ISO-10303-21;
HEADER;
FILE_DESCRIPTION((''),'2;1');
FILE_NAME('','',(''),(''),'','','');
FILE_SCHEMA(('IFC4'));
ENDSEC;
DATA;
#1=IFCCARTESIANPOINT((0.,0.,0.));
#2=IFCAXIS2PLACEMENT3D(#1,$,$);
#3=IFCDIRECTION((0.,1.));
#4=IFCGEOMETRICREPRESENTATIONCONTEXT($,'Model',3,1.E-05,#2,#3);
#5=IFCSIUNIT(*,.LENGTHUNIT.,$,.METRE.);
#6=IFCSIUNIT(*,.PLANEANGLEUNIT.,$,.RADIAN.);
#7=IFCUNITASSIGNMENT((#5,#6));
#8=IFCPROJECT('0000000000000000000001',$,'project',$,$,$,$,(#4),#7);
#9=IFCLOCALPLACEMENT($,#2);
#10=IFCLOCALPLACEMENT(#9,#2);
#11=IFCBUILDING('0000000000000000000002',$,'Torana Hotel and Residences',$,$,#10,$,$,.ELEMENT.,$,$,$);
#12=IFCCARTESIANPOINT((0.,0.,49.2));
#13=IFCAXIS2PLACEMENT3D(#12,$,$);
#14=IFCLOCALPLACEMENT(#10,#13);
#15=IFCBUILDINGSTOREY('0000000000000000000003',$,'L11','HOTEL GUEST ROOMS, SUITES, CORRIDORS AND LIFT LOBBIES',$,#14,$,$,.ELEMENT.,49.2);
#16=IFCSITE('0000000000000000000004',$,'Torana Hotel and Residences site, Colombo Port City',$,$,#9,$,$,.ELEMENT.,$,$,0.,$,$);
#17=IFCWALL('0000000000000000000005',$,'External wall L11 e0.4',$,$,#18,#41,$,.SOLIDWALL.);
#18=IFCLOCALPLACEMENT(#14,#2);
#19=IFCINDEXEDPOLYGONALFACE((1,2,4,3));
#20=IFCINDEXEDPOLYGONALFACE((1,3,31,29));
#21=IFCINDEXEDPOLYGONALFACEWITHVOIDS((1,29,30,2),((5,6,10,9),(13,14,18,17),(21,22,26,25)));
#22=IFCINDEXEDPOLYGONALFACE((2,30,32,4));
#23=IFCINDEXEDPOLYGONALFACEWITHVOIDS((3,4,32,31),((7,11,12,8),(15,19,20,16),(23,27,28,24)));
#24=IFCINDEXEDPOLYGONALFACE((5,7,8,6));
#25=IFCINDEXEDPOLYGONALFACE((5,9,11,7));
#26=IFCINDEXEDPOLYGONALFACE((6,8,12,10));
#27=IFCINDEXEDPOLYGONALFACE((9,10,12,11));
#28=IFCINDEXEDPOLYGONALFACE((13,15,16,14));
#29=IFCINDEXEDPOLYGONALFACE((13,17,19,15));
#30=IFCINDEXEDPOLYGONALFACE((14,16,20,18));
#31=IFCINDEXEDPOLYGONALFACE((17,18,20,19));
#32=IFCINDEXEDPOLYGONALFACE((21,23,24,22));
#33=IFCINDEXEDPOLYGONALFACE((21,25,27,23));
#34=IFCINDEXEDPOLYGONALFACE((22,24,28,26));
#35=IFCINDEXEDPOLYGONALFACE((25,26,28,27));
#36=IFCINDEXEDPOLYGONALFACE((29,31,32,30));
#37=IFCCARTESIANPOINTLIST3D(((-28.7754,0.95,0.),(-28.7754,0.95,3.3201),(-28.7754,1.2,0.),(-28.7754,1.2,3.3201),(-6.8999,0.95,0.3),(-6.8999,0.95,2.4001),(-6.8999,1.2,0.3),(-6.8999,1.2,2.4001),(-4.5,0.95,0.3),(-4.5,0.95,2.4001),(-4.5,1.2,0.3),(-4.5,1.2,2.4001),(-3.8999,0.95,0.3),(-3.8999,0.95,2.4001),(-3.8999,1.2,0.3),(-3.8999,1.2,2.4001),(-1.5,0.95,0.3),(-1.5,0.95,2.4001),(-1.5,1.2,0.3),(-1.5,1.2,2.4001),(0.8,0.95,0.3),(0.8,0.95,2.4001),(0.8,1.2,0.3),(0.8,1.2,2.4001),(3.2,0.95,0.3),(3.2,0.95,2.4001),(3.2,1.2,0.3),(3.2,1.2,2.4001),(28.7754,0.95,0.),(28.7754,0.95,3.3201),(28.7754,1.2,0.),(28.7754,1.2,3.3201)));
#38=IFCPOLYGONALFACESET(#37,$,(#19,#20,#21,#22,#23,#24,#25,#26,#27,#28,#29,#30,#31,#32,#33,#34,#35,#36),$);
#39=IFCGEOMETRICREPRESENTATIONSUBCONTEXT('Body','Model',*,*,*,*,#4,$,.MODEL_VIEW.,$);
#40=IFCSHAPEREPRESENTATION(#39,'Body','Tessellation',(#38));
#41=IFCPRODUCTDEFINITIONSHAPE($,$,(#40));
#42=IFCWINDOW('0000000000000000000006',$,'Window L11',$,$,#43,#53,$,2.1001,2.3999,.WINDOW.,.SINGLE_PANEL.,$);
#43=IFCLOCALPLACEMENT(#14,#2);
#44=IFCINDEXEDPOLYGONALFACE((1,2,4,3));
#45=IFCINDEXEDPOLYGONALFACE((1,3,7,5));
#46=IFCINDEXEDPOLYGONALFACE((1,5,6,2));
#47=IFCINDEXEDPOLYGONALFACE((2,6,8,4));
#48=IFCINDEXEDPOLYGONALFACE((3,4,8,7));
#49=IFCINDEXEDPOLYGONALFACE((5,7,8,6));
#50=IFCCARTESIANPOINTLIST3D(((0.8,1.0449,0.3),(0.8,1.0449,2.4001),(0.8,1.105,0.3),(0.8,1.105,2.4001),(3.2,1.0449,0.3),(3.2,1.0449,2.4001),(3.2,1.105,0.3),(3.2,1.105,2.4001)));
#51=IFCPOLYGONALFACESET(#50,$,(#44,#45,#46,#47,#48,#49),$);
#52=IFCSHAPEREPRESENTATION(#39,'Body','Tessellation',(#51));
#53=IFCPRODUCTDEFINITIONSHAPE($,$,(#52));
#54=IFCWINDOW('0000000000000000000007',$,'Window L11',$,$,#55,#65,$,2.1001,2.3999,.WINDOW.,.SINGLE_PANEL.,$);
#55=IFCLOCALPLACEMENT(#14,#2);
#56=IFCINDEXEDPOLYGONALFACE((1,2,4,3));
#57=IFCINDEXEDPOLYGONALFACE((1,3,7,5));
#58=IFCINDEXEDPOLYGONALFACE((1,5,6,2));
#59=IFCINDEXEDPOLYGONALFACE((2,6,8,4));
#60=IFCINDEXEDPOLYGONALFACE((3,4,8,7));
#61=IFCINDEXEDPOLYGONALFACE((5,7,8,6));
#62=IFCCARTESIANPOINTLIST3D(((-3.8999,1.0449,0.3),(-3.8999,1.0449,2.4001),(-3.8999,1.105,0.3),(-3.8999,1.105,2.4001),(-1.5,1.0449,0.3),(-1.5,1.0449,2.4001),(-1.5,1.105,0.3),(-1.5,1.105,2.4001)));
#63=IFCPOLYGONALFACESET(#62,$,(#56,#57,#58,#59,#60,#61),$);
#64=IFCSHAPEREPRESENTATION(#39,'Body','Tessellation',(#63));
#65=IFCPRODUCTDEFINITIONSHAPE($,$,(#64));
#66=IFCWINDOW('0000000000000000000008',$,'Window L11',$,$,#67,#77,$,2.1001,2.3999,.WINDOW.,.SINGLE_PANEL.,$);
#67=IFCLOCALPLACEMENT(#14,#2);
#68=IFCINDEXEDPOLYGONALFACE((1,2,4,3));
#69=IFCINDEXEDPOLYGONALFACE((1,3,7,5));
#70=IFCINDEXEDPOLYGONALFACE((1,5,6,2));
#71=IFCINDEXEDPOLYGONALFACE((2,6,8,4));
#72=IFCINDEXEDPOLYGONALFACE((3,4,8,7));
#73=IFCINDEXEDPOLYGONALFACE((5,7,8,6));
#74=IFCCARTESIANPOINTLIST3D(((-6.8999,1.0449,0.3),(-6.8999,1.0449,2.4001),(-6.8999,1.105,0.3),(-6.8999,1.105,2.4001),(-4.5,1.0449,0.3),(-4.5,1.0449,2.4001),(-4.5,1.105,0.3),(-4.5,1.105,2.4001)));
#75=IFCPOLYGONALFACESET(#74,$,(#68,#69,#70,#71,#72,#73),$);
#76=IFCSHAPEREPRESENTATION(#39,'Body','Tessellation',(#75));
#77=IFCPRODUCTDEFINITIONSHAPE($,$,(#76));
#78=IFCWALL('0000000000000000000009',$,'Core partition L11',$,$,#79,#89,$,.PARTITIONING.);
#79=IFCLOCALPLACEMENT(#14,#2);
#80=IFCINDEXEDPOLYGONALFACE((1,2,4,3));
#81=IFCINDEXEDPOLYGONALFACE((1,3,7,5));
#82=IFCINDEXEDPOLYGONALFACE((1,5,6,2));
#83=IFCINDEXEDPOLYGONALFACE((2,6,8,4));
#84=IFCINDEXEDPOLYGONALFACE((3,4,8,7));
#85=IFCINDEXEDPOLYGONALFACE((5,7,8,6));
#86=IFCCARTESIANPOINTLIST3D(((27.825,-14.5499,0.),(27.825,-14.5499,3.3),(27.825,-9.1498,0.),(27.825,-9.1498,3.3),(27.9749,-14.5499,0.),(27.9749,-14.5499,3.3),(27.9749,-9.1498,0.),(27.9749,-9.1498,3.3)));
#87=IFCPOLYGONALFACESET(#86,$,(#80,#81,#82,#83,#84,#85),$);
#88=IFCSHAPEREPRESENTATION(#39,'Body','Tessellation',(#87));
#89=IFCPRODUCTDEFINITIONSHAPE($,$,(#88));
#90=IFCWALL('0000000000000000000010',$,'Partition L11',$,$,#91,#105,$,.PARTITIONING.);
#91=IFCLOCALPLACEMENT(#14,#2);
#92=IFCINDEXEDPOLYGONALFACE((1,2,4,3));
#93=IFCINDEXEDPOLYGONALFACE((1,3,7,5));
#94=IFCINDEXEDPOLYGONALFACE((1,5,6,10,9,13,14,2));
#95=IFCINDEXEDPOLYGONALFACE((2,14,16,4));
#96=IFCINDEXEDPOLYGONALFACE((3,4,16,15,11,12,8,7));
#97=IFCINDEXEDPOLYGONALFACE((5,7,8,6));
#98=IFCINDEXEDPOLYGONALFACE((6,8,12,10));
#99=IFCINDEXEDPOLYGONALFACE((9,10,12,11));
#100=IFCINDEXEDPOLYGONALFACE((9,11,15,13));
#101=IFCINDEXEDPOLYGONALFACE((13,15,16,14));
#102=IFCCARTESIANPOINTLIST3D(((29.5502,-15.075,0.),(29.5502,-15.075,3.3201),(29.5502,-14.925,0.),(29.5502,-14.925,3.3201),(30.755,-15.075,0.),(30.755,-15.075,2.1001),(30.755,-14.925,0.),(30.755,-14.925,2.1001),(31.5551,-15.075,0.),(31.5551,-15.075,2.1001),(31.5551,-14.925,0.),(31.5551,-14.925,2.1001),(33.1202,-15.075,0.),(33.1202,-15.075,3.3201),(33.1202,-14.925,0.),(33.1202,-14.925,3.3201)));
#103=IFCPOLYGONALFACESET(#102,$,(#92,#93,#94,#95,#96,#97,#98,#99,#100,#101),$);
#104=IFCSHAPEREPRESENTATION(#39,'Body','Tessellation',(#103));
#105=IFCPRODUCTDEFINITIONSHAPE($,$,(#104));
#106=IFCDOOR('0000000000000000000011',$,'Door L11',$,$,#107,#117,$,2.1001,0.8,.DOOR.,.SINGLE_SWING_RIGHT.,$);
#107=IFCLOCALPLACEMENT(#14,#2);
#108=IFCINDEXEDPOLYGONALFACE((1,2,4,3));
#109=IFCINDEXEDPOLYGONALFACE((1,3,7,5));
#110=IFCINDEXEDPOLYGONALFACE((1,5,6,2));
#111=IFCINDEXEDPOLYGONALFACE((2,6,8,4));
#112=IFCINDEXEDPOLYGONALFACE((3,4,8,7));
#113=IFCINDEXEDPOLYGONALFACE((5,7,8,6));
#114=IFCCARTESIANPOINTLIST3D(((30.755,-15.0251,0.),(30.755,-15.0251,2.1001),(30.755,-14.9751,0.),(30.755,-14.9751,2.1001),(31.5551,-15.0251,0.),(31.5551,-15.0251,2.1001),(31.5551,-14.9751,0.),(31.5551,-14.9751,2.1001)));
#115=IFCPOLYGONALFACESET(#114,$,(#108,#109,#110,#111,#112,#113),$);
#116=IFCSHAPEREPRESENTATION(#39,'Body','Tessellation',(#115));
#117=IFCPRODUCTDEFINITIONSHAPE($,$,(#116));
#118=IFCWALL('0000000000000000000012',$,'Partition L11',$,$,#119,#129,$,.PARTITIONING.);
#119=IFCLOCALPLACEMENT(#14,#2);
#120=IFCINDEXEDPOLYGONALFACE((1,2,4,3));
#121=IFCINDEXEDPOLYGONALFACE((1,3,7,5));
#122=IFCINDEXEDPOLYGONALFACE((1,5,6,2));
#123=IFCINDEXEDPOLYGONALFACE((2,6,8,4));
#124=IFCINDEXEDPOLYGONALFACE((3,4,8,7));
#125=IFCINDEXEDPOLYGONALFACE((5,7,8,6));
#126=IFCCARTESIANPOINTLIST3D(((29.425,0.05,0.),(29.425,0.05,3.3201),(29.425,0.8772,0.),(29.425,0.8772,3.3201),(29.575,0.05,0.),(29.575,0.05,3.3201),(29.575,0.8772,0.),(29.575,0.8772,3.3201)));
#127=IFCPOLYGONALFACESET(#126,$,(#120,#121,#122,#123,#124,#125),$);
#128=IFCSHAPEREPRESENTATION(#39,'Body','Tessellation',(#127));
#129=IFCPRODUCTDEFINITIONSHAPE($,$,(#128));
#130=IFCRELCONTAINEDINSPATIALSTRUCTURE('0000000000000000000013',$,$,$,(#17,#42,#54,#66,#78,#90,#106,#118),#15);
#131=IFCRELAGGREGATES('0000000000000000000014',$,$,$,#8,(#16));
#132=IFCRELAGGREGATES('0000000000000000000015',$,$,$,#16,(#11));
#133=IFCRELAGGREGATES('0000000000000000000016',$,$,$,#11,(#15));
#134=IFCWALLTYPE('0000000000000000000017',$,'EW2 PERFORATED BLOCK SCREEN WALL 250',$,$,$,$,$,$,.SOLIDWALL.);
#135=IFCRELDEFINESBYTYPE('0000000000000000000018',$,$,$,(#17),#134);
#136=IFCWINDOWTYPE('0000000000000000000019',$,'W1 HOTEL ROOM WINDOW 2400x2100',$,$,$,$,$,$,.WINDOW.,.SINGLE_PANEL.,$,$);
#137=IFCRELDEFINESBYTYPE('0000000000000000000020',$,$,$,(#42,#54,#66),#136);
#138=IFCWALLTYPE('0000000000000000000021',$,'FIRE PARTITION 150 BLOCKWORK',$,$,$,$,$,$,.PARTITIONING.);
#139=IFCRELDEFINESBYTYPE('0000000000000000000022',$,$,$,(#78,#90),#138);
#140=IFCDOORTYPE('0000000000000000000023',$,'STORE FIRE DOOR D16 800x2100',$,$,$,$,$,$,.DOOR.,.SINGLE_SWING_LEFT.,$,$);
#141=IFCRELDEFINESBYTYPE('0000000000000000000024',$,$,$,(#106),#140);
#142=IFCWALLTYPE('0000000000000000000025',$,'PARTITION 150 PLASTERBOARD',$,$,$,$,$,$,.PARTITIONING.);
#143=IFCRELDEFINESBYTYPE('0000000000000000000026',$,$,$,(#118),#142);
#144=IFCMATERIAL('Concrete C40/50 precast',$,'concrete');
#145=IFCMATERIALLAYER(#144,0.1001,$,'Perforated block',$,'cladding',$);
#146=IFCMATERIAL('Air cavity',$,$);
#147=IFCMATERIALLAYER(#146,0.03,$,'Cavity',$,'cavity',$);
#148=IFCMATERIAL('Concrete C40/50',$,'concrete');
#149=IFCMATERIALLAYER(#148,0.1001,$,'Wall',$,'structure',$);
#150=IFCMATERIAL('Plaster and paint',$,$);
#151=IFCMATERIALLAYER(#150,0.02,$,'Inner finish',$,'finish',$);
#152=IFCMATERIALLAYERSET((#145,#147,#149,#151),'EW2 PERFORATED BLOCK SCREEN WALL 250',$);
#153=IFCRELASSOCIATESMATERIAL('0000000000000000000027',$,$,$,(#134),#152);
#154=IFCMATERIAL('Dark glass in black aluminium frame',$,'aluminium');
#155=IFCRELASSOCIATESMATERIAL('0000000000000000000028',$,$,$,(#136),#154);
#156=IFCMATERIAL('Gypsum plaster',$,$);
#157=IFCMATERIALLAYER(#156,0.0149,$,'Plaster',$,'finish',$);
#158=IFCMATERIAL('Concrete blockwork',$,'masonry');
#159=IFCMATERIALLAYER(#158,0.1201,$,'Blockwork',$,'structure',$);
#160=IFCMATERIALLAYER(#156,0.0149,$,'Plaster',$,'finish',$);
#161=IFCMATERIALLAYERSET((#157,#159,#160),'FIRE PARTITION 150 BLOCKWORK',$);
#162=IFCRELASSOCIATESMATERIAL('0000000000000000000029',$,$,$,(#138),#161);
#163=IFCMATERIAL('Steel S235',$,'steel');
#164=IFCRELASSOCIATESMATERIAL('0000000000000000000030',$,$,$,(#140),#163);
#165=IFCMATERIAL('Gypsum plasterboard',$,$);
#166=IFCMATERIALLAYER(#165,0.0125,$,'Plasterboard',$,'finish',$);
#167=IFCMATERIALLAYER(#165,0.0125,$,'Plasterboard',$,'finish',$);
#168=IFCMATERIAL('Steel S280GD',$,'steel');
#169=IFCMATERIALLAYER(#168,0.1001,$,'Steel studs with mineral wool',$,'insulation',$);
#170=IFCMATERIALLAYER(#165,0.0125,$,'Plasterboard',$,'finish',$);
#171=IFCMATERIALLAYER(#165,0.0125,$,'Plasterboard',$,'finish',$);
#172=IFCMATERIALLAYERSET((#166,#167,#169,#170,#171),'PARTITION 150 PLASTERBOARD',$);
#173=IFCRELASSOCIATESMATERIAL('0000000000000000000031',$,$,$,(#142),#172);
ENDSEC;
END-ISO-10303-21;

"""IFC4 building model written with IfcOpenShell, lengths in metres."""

from ifc_helpers import new_model, si_unit, direction, frame, frame_2d, origin, place, context, subcontext, project, spatial, rectangle, extrude, material, layer, layer_set, type_object, element, fill, save


model = new_model("IFC4")

# Units and contexts
model_context = context("Model", 3, precision=1e-05, world=origin(), true_north=direction((0.0, 1.0)))
body_context = subcontext(model_context, "Body", "Model", "MODEL_VIEW")
ifc_project = project(units=[si_unit("LENGTHUNIT", "METRE"), si_unit("PLANEANGLEUNIT", "RADIAN")], contexts=[model_context])

# Site, building, storey
site_placement = place(None, origin())
site = spatial("IfcSite", under=ifc_project, at=site_placement, Name="Torana Hotel and Residences site, Colombo Port City", CompositionType="ELEMENT", RefElevation=0.0)
building_placement = place(site_placement, origin())
building = spatial("IfcBuilding", under=site, at=building_placement, Name="Torana Hotel and Residences", CompositionType="ELEMENT")
storey_placement = place(building_placement, frame((0.0, 0.0, 49.2)))
storey = spatial("IfcBuildingStorey", under=building, at=storey_placement, Name="L11", Description="HOTEL GUEST ROOMS, SUITES, CORRIDORS AND LIFT LOBBIES", CompositionType="ELEMENT", Elevation=49.2)

# Shared definitions
ifc_material_1 = material(Name="Steel S280GD", Category="steel")

# Wall, openings, windows
ifc_material_2 = material(Name="Concrete C40/50 precast", Category="concrete")
ifc_layer_1 = layer(ifc_material_2, 0.1001, Name="Perforated block", Category="cladding")
ifc_material_3 = material(Name="Air cavity")
ifc_layer_2 = layer(ifc_material_3, 0.03, Name="Cavity", Category="cavity")
ifc_material_4 = material(Name="Concrete C40/50", Category="concrete")
ifc_layer_3 = layer(ifc_material_4, 0.1001, Name="Wall", Category="structure")
ifc_material_5 = material(Name="Plaster and paint")
ifc_layer_4 = layer(ifc_material_5, 0.02, Name="Inner finish", Category="finish")
ifc_layer_set_1 = layer_set([ifc_layer_1, ifc_layer_2, ifc_layer_3, ifc_layer_4], Name="EW2 PERFORATED BLOCK SCREEN WALL 250")
wall_type_1 = type_object("IfcWallType", Name="EW2 PERFORATED BLOCK SCREEN WALL 250", PredefinedType="SOLIDWALL", material=ifc_layer_set_1)
wall_1_placement = place(storey_placement, frame((28.7754, 1.075, 0.0), z_axis=(0.0, 0.0, 1.0), x_axis=(-1.0, 0.0, 0.0)))
wall_1 = element("IfcWall", 1, at=wall_1_placement, inside=storey, type_object=wall_type_1, Name="External wall L11 e0.4", PredefinedType="SOLIDWALL", context=body_context, shape_type="SweptSolid", body=[
    extrude(rectangle(XDim=57.5508, YDim=0.25, at=frame_2d((28.7754, 0.0))), origin(), (0.0, 0.0, 1.0), 3.3201),
])
opening_1_placement = place(wall_1_placement, frame((25.5754, 0.0, 0.3)))
opening_1 = element("IfcOpeningElement", 2, at=opening_1_placement, cuts=wall_1, PredefinedType="OPENING", context=body_context, shape_type="SweptSolid", body=[
    extrude(rectangle(XDim=2.3999, YDim=2.1001, at=frame_2d((1.2, 1.05))), frame((0.0, 0.135, 0.0), z_axis=(0.0, -1.0, 0.0), x_axis=(1.0, 0.0, 0.0)), (0.0, 0.0, 1.0), 0.27),
])
opening_2_placement = place(wall_1_placement, frame((30.2754, 0.0, 0.3)))
opening_2 = element("IfcOpeningElement", 3, at=opening_2_placement, cuts=wall_1, PredefinedType="OPENING", context=body_context, shape_type="SweptSolid", body=[
    extrude(rectangle(XDim=2.3999, YDim=2.1001, at=frame_2d((1.2, 1.05))), frame((0.0, 0.135, 0.0), z_axis=(0.0, -1.0, 0.0), x_axis=(1.0, 0.0, 0.0)), (0.0, 0.0, 1.0), 0.27),
])
opening_3_placement = place(wall_1_placement, frame((33.2754, 0.0, 0.3)))
opening_3 = element("IfcOpeningElement", 4, at=opening_3_placement, cuts=wall_1, PredefinedType="OPENING", context=body_context, shape_type="SweptSolid", body=[
    extrude(rectangle(XDim=2.3999, YDim=2.1001, at=frame_2d((1.2, 1.05))), frame((0.0, 0.135, 0.0), z_axis=(0.0, -1.0, 0.0), x_axis=(1.0, 0.0, 0.0)), (0.0, 0.0, 1.0), 0.27),
])
ifc_material_6 = material(Name="Dark glass in black aluminium frame", Category="aluminium")
window_type = type_object("IfcWindowType", Name="W1 HOTEL ROOM WINDOW 2400x2100", PartitioningType="SINGLE_PANEL", PredefinedType="WINDOW", material=ifc_material_6)
window_1_placement = place(opening_1_placement, origin())
window_1 = element("IfcWindow", 5, at=window_1_placement, inside=storey, type_object=window_type, Name="Window L11", OverallHeight=2.1001, OverallWidth=2.3999, PartitioningType="SINGLE_PANEL", PredefinedType="WINDOW", context=body_context, shape_type="SweptSolid", body=[
    extrude(rectangle(XDim=2.3999, YDim=2.1001, at=frame_2d((1.2, 1.05))), frame((0.0, 0.03, 0.0), z_axis=(0.0, -1.0, 0.0), x_axis=(1.0, 0.0, 0.0)), (0.0, 0.0, 1.0), 0.0601),
])
fill(opening_1, window_1)
window_2_placement = place(opening_2_placement, origin())
window_2 = element("IfcWindow", 6, at=window_2_placement, inside=storey, type_object=window_type, Name="Window L11", OverallHeight=2.1001, OverallWidth=2.3999, PartitioningType="SINGLE_PANEL", PredefinedType="WINDOW", context=body_context, shape_type="SweptSolid", body=[
    extrude(rectangle(XDim=2.3999, YDim=2.1001, at=frame_2d((1.2, 1.05))), frame((0.0, 0.03, 0.0), z_axis=(0.0, -1.0, 0.0), x_axis=(1.0, 0.0, 0.0)), (0.0, 0.0, 1.0), 0.0601),
])
fill(opening_2, window_2)
window_3_placement = place(opening_3_placement, origin())
window_3 = element("IfcWindow", 7, at=window_3_placement, inside=storey, type_object=window_type, Name="Window L11", OverallHeight=2.1001, OverallWidth=2.3999, PartitioningType="SINGLE_PANEL", PredefinedType="WINDOW", context=body_context, shape_type="SweptSolid", body=[
    extrude(rectangle(XDim=2.3999, YDim=2.1001, at=frame_2d((1.2, 1.05))), frame((0.0, 0.03, 0.0), z_axis=(0.0, -1.0, 0.0), x_axis=(1.0, 0.0, 0.0)), (0.0, 0.0, 1.0), 0.0601),
])
fill(opening_3, window_3)

# Wall
ifc_material_7 = material(Name="Gypsum plaster")
ifc_layer_5 = layer(ifc_material_7, 0.0149, Name="Plaster", Category="finish")
ifc_material_8 = material(Name="Concrete blockwork", Category="masonry")
ifc_layer_6 = layer(ifc_material_8, 0.1201, Name="Blockwork", Category="structure")
ifc_layer_7 = layer(ifc_material_7, 0.0149, Name="Plaster", Category="finish")
ifc_layer_set_2 = layer_set([ifc_layer_5, ifc_layer_6, ifc_layer_7], Name="FIRE PARTITION 150 BLOCKWORK")
wall_type_2 = type_object("IfcWallType", Name="FIRE PARTITION 150 BLOCKWORK", PredefinedType="PARTITIONING", material=ifc_layer_set_2)
wall_2_placement = place(storey_placement, frame((27.8999, -14.55, 0.0), z_axis=(0.0, 0.0, 1.0), x_axis=(0.0, 1.0, 0.0)))
element("IfcWall", 8, at=wall_2_placement, inside=storey, type_object=wall_type_2, Name="Core partition L11", PredefinedType="PARTITIONING", context=body_context, shape_type="SweptSolid", body=[
    extrude(rectangle(XDim=5.4001, YDim=0.1499, at=frame_2d((2.7002, 0.0))), origin(), (0.0, 0.0, 1.0), 3.3),
])

# Wall, opening, door
wall_3_placement = place(storey_placement, frame((29.55, -15.0, 0.0), z_axis=(0.0, 0.0, 1.0), x_axis=(1.0, 0.0, 0.0)))
wall_3 = element("IfcWall", 9, at=wall_3_placement, inside=storey, type_object=wall_type_2, Name="Partition L11", PredefinedType="PARTITIONING", context=body_context, shape_type="SweptSolid", body=[
    extrude(rectangle(XDim=3.5701, YDim=0.1499, at=frame_2d((1.7852, 0.0))), origin(), (0.0, 0.0, 1.0), 3.3201),
])
opening_4_placement = place(wall_3_placement, frame((1.2051, 0.0, 0.0)))
opening_4 = element("IfcOpeningElement", 10, at=opening_4_placement, cuts=wall_3, PredefinedType="OPENING", context=body_context, shape_type="SweptSolid", body=[
    extrude(rectangle(XDim=0.8, YDim=2.1001, at=frame_2d((0.3999, 1.05))), frame((0.0, 0.085, 0.0), z_axis=(0.0, -1.0, 0.0), x_axis=(1.0, 0.0, 0.0)), (0.0, 0.0, 1.0), 0.1699),
])
ifc_material_9 = material(Name="Steel S235", Category="steel")
door_type_1 = type_object("IfcDoorType", Name="STORE FIRE DOOR D16 800x2100", OperationType="SINGLE_SWING_LEFT", PredefinedType="DOOR", material=ifc_material_9)
door_1_placement = place(opening_4_placement, origin())
door_1 = element("IfcDoor", 11, at=door_1_placement, inside=storey, type_object=door_type_1, Name="Door L11", OperationType="SINGLE_SWING_RIGHT", OverallHeight=2.1001, OverallWidth=0.8, PredefinedType="DOOR", context=body_context, shape_type="SweptSolid", body=[
    extrude(rectangle(XDim=0.8, YDim=2.1001, at=frame_2d((0.3999, 1.05))), frame((0.0, 0.0249, 0.0), z_axis=(0.0, -1.0, 0.0), x_axis=(1.0, 0.0, 0.0)), (0.0, 0.0, 1.0), 0.05),
])
fill(opening_4, door_1)

# Wall
ifc_material_10 = material(Name="Gypsum plasterboard")
ifc_layer_8 = layer(ifc_material_10, 0.0125, Name="Plasterboard", Category="finish")
ifc_layer_9 = layer(ifc_material_10, 0.0125, Name="Plasterboard", Category="finish")
ifc_layer_10 = layer(ifc_material_1, 0.1001, Name="Steel studs with mineral wool", Category="insulation")
ifc_layer_11 = layer(ifc_material_10, 0.0125, Name="Plasterboard", Category="finish")
ifc_layer_12 = layer(ifc_material_10, 0.0125, Name="Plasterboard", Category="finish")
ifc_layer_set_3 = layer_set([ifc_layer_8, ifc_layer_9, ifc_layer_10, ifc_layer_11, ifc_layer_12], Name="PARTITION 150 PLASTERBOARD")
wall_type_3 = type_object("IfcWallType", Name="PARTITION 150 PLASTERBOARD", PredefinedType="PARTITIONING", material=ifc_layer_set_3)
wall_4_placement = place(storey_placement, frame((29.5, 0.05, 0.0), z_axis=(0.0, 0.0, 1.0), x_axis=(0.0, 1.0, 0.0)))
element("IfcWall", 12, at=wall_4_placement, inside=storey, type_object=wall_type_3, Name="Partition L11", PredefinedType="PARTITIONING", context=body_context, shape_type="SweptSolid", body=[
    extrude(rectangle(XDim=0.8271, YDim=0.1499, at=frame_2d((0.4136, 0.0))), origin(), (0.0, 0.0, 1.0), 3.3201),
])

save(model, "model.ifc")
